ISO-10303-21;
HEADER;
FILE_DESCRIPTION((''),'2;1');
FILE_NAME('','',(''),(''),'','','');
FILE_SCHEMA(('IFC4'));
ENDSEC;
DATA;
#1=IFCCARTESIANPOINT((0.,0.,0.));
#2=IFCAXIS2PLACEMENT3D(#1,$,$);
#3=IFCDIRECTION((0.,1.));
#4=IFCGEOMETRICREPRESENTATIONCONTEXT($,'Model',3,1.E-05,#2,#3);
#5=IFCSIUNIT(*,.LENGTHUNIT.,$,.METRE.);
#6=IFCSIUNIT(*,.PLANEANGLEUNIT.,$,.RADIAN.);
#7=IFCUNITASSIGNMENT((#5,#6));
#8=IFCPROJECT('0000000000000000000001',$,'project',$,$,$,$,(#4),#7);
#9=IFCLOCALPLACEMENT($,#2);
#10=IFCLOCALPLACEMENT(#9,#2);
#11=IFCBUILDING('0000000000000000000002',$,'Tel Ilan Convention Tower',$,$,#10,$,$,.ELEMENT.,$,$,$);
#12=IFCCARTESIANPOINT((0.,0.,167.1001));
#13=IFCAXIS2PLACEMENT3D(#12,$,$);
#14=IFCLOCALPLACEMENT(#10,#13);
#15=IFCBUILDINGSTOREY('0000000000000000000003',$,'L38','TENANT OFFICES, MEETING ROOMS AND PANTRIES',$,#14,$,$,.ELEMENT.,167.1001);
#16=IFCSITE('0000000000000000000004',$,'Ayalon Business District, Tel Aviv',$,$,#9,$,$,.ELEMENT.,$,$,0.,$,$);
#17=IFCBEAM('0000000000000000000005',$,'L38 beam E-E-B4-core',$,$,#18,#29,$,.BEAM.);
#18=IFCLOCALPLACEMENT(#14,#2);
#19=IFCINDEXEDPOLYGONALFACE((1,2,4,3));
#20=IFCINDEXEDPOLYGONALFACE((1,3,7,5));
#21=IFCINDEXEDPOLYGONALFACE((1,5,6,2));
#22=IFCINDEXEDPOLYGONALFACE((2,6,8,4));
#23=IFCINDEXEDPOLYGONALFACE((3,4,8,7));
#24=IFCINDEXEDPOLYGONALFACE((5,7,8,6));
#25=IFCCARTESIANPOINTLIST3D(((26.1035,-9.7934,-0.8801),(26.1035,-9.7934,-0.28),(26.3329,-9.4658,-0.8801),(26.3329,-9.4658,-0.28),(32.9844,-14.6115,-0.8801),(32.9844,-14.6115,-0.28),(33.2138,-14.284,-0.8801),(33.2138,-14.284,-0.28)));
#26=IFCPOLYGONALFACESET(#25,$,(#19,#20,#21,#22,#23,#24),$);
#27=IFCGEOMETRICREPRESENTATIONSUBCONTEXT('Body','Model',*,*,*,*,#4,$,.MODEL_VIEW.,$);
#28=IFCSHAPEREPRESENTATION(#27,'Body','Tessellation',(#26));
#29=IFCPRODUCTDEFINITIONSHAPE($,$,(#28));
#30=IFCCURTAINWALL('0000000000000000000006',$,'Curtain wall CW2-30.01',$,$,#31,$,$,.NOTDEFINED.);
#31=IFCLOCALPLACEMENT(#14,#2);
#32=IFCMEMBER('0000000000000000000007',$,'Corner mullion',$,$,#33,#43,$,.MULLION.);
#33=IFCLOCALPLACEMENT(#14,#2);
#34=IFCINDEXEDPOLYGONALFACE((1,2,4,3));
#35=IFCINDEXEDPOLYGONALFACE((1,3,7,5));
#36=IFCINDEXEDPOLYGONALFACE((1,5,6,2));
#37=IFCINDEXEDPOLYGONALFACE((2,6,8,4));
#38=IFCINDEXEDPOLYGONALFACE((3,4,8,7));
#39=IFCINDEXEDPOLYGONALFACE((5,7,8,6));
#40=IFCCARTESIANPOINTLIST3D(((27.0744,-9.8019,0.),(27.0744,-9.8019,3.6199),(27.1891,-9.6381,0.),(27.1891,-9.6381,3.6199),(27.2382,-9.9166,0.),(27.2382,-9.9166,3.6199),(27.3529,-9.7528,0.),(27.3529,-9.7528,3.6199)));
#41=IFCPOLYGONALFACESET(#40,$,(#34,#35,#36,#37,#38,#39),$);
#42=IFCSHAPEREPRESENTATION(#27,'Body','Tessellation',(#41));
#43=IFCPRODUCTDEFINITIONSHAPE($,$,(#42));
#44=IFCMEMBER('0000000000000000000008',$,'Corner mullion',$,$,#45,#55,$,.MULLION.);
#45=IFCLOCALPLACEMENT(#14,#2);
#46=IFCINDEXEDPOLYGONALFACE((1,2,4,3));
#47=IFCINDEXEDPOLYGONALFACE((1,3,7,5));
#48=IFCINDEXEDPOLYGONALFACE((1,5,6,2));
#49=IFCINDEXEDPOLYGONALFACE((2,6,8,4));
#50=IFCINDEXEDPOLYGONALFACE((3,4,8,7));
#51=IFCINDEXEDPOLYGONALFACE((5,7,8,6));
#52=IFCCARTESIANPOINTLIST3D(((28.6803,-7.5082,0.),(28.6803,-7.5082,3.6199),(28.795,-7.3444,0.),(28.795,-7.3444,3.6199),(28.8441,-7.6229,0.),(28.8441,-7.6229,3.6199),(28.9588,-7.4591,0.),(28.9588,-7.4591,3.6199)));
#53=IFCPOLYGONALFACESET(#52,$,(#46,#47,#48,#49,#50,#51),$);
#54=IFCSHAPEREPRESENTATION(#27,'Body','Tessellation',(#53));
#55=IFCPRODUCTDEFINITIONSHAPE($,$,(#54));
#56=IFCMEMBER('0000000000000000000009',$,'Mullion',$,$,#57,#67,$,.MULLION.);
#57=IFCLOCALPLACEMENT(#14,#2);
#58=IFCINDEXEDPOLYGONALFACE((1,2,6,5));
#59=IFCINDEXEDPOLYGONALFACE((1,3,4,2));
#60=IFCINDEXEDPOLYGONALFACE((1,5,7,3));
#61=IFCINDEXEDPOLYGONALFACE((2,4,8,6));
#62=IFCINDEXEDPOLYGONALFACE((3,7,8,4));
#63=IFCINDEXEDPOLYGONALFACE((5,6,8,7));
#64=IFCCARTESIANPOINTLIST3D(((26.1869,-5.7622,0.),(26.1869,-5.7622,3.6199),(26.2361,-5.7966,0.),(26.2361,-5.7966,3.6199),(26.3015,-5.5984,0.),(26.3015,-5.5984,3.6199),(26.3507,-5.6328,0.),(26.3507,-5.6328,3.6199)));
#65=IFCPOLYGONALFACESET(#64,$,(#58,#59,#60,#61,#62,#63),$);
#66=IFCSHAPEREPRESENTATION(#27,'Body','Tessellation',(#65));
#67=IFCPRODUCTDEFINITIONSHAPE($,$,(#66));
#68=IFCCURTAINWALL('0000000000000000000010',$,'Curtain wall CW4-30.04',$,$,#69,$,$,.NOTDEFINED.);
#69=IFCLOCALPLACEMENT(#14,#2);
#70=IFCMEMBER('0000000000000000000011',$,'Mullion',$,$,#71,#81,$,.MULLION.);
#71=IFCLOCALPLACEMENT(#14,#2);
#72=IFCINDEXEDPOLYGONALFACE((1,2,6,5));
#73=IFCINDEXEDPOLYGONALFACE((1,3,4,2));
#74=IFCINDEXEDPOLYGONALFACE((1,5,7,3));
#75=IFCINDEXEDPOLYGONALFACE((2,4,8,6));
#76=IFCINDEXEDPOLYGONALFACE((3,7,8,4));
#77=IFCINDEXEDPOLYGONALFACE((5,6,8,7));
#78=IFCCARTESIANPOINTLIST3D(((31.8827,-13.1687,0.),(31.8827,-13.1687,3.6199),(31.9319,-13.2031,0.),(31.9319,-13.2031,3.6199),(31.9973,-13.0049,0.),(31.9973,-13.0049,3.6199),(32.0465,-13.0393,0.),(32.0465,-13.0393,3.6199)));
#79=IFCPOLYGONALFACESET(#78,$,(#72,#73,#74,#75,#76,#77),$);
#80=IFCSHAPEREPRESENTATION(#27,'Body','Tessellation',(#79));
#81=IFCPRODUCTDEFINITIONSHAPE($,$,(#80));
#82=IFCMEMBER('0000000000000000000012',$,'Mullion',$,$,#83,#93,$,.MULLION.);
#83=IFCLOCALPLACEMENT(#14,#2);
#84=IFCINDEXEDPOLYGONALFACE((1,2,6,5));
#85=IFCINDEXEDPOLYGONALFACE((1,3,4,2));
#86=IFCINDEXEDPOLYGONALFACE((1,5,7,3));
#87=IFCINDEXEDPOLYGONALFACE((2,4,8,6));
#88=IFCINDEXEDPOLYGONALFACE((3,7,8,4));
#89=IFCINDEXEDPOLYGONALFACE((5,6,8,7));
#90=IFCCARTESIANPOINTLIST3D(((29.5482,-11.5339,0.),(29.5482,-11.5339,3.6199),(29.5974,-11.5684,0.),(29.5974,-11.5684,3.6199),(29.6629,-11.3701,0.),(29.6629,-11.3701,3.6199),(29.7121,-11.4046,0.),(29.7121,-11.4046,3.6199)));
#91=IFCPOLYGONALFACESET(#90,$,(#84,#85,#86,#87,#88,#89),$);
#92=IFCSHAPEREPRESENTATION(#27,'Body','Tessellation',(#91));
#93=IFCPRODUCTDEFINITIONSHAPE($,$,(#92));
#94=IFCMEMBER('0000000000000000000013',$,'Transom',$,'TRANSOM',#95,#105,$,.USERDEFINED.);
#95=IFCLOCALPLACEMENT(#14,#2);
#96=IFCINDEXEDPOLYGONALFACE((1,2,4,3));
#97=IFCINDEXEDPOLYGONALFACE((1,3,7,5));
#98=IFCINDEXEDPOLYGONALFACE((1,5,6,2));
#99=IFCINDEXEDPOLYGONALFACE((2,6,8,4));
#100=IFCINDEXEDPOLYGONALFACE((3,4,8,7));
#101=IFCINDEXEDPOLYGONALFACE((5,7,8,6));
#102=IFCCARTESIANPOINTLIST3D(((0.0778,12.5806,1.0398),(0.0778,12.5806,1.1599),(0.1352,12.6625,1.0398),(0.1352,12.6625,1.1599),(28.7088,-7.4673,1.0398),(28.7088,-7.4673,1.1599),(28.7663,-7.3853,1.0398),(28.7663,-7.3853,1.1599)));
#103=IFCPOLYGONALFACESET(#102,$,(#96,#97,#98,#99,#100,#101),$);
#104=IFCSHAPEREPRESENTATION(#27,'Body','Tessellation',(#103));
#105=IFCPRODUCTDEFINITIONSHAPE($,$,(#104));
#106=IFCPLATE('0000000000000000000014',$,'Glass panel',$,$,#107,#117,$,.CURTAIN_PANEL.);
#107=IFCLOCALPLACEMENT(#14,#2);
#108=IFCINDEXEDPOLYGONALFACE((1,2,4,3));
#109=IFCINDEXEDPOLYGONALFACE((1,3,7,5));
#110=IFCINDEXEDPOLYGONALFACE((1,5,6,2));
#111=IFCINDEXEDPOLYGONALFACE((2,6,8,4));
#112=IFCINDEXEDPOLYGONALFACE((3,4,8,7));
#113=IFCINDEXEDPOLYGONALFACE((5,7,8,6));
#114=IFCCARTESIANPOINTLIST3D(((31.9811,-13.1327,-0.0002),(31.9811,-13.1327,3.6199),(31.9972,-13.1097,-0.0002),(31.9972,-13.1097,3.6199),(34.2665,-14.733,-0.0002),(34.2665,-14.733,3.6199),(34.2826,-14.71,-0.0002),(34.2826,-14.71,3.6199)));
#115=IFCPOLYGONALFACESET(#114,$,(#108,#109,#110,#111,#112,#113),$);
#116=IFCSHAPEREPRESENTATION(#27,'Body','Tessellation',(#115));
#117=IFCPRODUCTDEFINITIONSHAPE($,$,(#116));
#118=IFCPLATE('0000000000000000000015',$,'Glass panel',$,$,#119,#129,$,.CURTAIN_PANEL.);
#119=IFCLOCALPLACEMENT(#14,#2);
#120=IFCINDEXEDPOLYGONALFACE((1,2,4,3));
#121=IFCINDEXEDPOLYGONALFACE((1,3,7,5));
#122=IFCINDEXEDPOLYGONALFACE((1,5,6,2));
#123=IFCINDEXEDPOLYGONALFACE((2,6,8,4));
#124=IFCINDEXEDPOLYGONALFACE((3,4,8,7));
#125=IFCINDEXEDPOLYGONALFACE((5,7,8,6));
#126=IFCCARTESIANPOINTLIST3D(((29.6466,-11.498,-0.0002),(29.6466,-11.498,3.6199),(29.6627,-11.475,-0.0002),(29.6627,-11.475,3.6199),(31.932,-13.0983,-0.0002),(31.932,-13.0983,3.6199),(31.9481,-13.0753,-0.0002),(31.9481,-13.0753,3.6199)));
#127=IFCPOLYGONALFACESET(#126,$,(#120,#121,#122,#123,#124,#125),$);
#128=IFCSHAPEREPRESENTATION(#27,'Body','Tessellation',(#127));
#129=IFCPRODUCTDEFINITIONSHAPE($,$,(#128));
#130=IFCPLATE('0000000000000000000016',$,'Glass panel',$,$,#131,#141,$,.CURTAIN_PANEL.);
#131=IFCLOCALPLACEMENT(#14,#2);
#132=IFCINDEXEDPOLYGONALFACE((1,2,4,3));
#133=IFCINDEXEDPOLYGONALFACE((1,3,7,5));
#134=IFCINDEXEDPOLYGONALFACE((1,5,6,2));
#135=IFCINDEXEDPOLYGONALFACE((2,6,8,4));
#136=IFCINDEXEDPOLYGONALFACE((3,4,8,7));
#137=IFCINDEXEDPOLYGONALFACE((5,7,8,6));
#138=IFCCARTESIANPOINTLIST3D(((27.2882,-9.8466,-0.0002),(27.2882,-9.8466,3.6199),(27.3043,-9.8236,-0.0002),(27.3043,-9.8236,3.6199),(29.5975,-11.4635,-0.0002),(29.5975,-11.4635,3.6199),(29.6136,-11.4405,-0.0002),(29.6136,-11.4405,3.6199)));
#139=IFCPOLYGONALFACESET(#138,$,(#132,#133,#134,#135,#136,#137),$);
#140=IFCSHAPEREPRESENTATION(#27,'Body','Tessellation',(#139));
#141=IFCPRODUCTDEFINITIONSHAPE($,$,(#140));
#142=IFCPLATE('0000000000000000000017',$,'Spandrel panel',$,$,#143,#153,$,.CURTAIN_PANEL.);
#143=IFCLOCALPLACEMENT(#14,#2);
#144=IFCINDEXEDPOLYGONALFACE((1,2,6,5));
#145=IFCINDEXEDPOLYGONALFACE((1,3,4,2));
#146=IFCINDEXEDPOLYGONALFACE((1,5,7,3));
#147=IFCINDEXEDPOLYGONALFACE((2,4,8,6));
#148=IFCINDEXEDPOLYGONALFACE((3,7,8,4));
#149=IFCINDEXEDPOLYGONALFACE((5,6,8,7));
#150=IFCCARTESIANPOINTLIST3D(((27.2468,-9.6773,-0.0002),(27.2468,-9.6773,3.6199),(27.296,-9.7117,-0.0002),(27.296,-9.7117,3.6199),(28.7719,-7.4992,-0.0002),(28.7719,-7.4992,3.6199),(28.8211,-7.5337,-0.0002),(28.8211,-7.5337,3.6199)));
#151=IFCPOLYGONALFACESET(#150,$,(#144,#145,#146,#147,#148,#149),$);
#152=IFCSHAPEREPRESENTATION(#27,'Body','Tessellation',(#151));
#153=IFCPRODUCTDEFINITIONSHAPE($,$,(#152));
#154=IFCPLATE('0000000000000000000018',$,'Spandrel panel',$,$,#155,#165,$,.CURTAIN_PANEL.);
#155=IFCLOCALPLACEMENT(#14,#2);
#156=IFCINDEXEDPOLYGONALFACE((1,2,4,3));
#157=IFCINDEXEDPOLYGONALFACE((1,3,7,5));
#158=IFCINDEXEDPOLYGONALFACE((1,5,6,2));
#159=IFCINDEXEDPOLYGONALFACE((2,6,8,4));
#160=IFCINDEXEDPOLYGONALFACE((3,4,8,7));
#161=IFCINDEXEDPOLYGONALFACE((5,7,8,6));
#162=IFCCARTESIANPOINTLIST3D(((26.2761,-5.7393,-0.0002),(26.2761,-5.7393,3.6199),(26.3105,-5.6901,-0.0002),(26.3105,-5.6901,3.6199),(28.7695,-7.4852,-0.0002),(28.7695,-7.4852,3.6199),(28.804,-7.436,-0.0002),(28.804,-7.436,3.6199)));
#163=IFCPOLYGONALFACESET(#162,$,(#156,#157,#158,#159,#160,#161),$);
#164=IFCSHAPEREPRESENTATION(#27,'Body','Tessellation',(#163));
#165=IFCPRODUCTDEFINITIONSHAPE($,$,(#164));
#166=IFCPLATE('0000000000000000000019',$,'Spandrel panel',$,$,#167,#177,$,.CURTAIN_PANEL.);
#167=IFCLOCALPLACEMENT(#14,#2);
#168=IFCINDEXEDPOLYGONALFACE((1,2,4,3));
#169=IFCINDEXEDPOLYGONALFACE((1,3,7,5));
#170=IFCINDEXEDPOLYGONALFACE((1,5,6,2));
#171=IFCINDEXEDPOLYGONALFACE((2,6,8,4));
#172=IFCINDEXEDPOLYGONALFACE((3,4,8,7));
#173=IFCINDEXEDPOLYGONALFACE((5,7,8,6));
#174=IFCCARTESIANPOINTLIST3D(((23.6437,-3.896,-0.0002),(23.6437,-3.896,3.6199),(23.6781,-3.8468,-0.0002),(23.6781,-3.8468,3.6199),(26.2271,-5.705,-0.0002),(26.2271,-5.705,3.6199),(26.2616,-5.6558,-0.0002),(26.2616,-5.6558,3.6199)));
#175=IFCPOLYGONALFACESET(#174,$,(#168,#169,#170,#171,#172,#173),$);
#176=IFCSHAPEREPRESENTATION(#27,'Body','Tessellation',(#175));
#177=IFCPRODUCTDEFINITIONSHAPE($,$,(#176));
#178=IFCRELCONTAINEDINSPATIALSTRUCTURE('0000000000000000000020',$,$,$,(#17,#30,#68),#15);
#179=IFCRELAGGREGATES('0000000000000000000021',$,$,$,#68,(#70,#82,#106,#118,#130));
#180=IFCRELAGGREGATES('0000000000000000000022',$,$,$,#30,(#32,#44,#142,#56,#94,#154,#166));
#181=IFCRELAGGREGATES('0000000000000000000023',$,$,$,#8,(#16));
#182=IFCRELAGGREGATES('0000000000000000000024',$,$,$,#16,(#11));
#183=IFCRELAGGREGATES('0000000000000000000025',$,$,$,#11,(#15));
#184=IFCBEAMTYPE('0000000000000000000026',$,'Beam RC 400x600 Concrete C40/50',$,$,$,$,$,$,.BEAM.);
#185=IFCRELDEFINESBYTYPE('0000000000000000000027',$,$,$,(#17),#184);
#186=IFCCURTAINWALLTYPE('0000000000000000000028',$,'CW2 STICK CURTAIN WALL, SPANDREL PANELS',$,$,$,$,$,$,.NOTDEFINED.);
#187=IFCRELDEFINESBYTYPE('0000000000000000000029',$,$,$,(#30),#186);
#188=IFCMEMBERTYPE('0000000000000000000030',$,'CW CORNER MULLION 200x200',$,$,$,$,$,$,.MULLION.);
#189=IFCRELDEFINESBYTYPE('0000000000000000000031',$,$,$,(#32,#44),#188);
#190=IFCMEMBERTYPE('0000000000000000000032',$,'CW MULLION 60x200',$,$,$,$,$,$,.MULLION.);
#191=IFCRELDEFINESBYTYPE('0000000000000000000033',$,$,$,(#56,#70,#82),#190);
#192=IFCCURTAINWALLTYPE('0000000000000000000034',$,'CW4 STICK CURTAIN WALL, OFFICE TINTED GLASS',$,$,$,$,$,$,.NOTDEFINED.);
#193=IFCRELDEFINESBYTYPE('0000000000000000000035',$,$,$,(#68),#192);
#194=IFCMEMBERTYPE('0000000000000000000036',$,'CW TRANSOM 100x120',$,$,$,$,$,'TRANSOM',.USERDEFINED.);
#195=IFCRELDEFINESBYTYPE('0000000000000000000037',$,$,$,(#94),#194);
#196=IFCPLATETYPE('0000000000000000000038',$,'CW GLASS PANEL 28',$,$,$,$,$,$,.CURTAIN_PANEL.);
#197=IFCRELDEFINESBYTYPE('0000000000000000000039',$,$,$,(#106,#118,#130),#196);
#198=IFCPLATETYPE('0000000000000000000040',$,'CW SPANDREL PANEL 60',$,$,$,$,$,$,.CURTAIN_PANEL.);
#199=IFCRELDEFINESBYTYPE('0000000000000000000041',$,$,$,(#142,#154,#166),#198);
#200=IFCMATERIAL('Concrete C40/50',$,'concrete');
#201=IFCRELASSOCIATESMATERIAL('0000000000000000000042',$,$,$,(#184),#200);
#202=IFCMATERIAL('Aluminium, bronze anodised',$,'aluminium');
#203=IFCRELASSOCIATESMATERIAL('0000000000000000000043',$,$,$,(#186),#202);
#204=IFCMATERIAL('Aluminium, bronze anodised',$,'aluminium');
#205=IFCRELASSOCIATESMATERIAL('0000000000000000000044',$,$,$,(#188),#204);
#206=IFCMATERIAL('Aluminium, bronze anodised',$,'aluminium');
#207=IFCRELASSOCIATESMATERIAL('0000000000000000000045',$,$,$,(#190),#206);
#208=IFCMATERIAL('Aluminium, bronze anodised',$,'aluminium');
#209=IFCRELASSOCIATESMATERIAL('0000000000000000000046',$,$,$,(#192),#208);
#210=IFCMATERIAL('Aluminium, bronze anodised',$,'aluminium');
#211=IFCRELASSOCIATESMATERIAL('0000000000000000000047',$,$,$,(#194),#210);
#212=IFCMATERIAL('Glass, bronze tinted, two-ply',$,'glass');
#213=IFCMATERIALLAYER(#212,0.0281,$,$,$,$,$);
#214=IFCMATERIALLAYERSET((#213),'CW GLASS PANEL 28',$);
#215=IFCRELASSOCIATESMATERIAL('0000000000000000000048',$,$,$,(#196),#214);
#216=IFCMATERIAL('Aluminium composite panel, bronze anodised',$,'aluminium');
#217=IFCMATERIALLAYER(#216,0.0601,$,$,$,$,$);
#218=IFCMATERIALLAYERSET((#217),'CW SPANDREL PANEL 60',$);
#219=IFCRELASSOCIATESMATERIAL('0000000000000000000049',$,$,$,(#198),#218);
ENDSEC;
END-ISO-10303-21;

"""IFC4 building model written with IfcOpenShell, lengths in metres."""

from ifc_helpers import new_model, si_unit, direction, frame, origin, origin_2d, place, context, subcontext, project, spatial, rectangle, extrude, material, layer, layer_set, material_profile, profile_set, type_object, element, aggregate, save


model = new_model("IFC4")

# Units and contexts
model_context = context("Model", 3, precision=1e-05, world=origin(), true_north=direction((0.0, 1.0)))
body_context = subcontext(model_context, "Body", "Model", "MODEL_VIEW")
ifc_project = project(units=[si_unit("LENGTHUNIT", "METRE"), si_unit("PLANEANGLEUNIT", "RADIAN")], contexts=[model_context])

# Site, building, storey
site_placement = place(None, origin())
site = spatial("IfcSite", under=ifc_project, at=site_placement, Name="Ayalon Business District, Tel Aviv", CompositionType="ELEMENT", RefElevation=0.0)
building_placement = place(site_placement, origin())
building = spatial("IfcBuilding", under=site, at=building_placement, Name="Tel Ilan Convention Tower", CompositionType="ELEMENT")
storey_placement = place(building_placement, frame((0.0, 0.0, 167.1001)))
storey = spatial("IfcBuildingStorey", under=building, at=storey_placement, Name="L38", Description="TENANT OFFICES, MEETING ROOMS AND PANTRIES", CompositionType="ELEMENT", Elevation=167.1001)

# Beam
ifc_material_1 = material(Name="Concrete C40/50", Category="concrete")
ifc_material_profile_1 = material_profile(ifc_material_1, rectangle(XDim=0.3999, YDim=0.6001, at=origin_2d()), Name="RC 400x600")
ifc_profile_set_1 = profile_set([ifc_material_profile_1], Name="Concrete C40/50")
beam_type = type_object("IfcBeamType", Name="Beam RC 400x600 Concrete C40/50", PredefinedType="BEAM", material=ifc_profile_set_1)
beam_placement = place(storey_placement, frame((33.0991, -14.4478, -0.5801), z_axis=(-0.819147, 0.573583, 0.0), x_axis=(-0.573583, -0.819147, 0.0)))
element("IfcBeam", 1, at=beam_placement, inside=storey, type_object=beam_type, Name="L38 beam E-E-B4-core", PredefinedType="BEAM", context=body_context, shape_type="SweptSolid", body=[
    extrude(rectangle(XDim=0.3999, YDim=0.6001, at=origin_2d()), origin(), (0.0, 0.0, 1.0), 8.4001),
])

# Curtain walls, members
ifc_material_2 = material(Name="Aluminium, bronze anodised", Category="aluminium")
curtain_wall_type_1 = type_object("IfcCurtainWallType", Name="CW2 STICK CURTAIN WALL, SPANDREL PANELS", PredefinedType="NOTDEFINED", material=ifc_material_2)
curtain_wall_1_placement = place(storey_placement, origin())
curtain_wall_1 = element("IfcCurtainWall", 2, at=curtain_wall_1_placement, inside=storey, type_object=curtain_wall_type_1, Name="Curtain wall CW2-30.01", PredefinedType="NOTDEFINED")
ifc_material_3 = material(Name="Aluminium, bronze anodised", Category="aluminium")
ifc_material_profile_2 = material_profile(ifc_material_3, rectangle(XDim=0.2, YDim=0.2, at=origin_2d()), Name="CW CORNER MULLION 200x200")
ifc_profile_set_2 = profile_set([ifc_material_profile_2], Name="Aluminium, bronze anodised")
member_type_1 = type_object("IfcMemberType", Name="CW CORNER MULLION 200x200", PredefinedType="MULLION", material=ifc_profile_set_2)
member_1_placement = place(storey_placement, frame((27.2136, -9.7773, 0.0), z_axis=(0.0, 0.0, 1.0), x_axis=(-0.819152, 0.573576, 0.0)))
member_1 = element("IfcMember", 3, at=member_1_placement, type_object=member_type_1, Name="Corner mullion", PredefinedType="MULLION", context=body_context, shape_type="SweptSolid", body=[
    extrude(rectangle(XDim=0.2, YDim=0.2, at=origin_2d()), origin(), (0.0, 0.0, 1.0), 3.6199),
])
member_2_placement = place(storey_placement, frame((28.8196, -7.4836, 0.0), z_axis=(0.0, 0.0, 1.0), x_axis=(0.573576, 0.819152, 0.0)))
member_2 = element("IfcMember", 4, at=member_2_placement, type_object=member_type_1, Name="Corner mullion", PredefinedType="MULLION", context=body_context, shape_type="SweptSolid", body=[
    extrude(rectangle(XDim=0.2, YDim=0.2, at=origin_2d()), origin(), (0.0, 0.0, 1.0), 3.6199),
])
ifc_material_4 = material(Name="Aluminium, bronze anodised", Category="aluminium")
ifc_material_profile_3 = material_profile(ifc_material_4, rectangle(XDim=0.0601, YDim=0.2, at=origin_2d()), Name="CW MULLION 60x200")
ifc_profile_set_3 = profile_set([ifc_material_profile_3], Name="Aluminium, bronze anodised")
member_type_2 = type_object("IfcMemberType", Name="CW MULLION 60x200", PredefinedType="MULLION", material=ifc_profile_set_3)
member_3_placement = place(storey_placement, frame((26.2688, -5.6975, 0.0), z_axis=(0.0, 0.0, 1.0), x_axis=(-0.819152, 0.573576, 0.0)))
member_3 = element("IfcMember", 5, at=member_3_placement, type_object=member_type_2, Name="Mullion", PredefinedType="MULLION", context=body_context, shape_type="SweptSolid", body=[
    extrude(rectangle(XDim=0.0601, YDim=0.2, at=origin_2d()), origin(), (0.0, 0.0, 1.0), 3.6199),
])
ifc_material_5 = material(Name="Aluminium, bronze anodised", Category="aluminium")
curtain_wall_type_2 = type_object("IfcCurtainWallType", Name="CW4 STICK CURTAIN WALL, OFFICE TINTED GLASS", PredefinedType="NOTDEFINED", material=ifc_material_5)
curtain_wall_2_placement = place(storey_placement, origin())
curtain_wall_2 = element("IfcCurtainWall", 6, at=curtain_wall_2_placement, inside=storey, type_object=curtain_wall_type_2, Name="Curtain wall CW4-30.04", PredefinedType="NOTDEFINED")
member_4_placement = place(storey_placement, frame((31.9646, -13.104, 0.0), z_axis=(0.0, 0.0, 1.0), x_axis=(-0.819152, 0.573576, 0.0)))
member_4 = element("IfcMember", 7, at=member_4_placement, type_object=member_type_2, Name="Mullion", PredefinedType="MULLION", context=body_context, shape_type="SweptSolid", body=[
    extrude(rectangle(XDim=0.0601, YDim=0.2, at=origin_2d()), origin(), (0.0, 0.0, 1.0), 3.6199),
])
member_5_placement = place(storey_placement, frame((29.6301, -11.4692, 0.0), z_axis=(0.0, 0.0, 1.0), x_axis=(-0.819152, 0.573576, 0.0)))
member_5 = element("IfcMember", 8, at=member_5_placement, type_object=member_type_2, Name="Mullion", PredefinedType="MULLION", context=body_context, shape_type="SweptSolid", body=[
    extrude(rectangle(XDim=0.0601, YDim=0.2, at=origin_2d()), origin(), (0.0, 0.0, 1.0), 3.6199),
])

# Member
ifc_material_6 = material(Name="Aluminium, bronze anodised", Category="aluminium")
ifc_material_profile_4 = material_profile(ifc_material_6, rectangle(XDim=0.1001, YDim=0.1201, at=origin_2d()), Name="CW TRANSOM 100x120")
ifc_profile_set_4 = profile_set([ifc_material_profile_4], Name="Aluminium, bronze anodised")
member_type_3 = type_object("IfcMemberType", Name="CW TRANSOM 100x120", ElementType="TRANSOM", PredefinedType="USERDEFINED", material=ifc_profile_set_4)
member_6_placement = place(storey_placement, frame((28.7375, -7.4263, 1.0999), z_axis=(-0.81915, 0.573579, 0.0), x_axis=(-0.573579, -0.81915, 0.0)))
member_6 = element("IfcMember", 9, at=member_6_placement, type_object=member_type_3, Name="Transom", ObjectType="TRANSOM", PredefinedType="USERDEFINED", context=body_context, shape_type="SweptSolid", body=[
    extrude(rectangle(XDim=0.1001, YDim=0.1201, at=origin_2d()), origin(), (0.0, 0.0, 1.0), 34.9521),
])

# Plates
ifc_material_7 = material(Name="Glass, bronze tinted, two-ply", Category="glass")
ifc_layer_1 = layer(ifc_material_7, 0.0281)
ifc_layer_set_1 = layer_set([ifc_layer_1], Name="CW GLASS PANEL 28")
plate_type_1 = type_object("IfcPlateType", Name="CW GLASS PANEL 28", PredefinedType="CURTAIN_PANEL", material=ifc_layer_set_1)
plate_1_placement = place(storey_placement, frame((33.1318, -13.9214, -0.0002), z_axis=(0.0, 0.0, 1.0), x_axis=(-0.819152, 0.573576, 0.0)))
plate_1 = element("IfcPlate", 10, at=plate_1_placement, type_object=plate_type_1, Name="Glass panel", PredefinedType="CURTAIN_PANEL", context=body_context, shape_type="SweptSolid", body=[
    extrude(rectangle(XDim=2.79, YDim=0.0281, at=origin_2d()), origin(), (0.0, 0.0, 1.0), 3.6201),
])
plate_2_placement = place(storey_placement, frame((30.7974, -12.2866, -0.0002), z_axis=(0.0, 0.0, 1.0), x_axis=(-0.819152, 0.573576, 0.0)))
plate_2 = element("IfcPlate", 11, at=plate_2_placement, type_object=plate_type_1, Name="Glass panel", PredefinedType="CURTAIN_PANEL", context=body_context, shape_type="SweptSolid", body=[
    extrude(rectangle(XDim=2.79, YDim=0.0281, at=origin_2d()), origin(), (0.0, 0.0, 1.0), 3.6201),
])
plate_3_placement = place(storey_placement, frame((28.4509, -10.6436, -0.0002), z_axis=(0.0, 0.0, 1.0), x_axis=(-0.819152, 0.573576, 0.0)))
plate_3 = element("IfcPlate", 12, at=plate_3_placement, type_object=plate_type_1, Name="Glass panel", PredefinedType="CURTAIN_PANEL", context=body_context, shape_type="SweptSolid", body=[
    extrude(rectangle(XDim=2.8191, YDim=0.0281, at=origin_2d()), origin(), (0.0, 0.0, 1.0), 3.6201),
])
aggregate(curtain_wall_2, [member_4, member_5, plate_1, plate_2, plate_3])
ifc_material_8 = material(Name="Aluminium composite panel, bronze anodised", Category="aluminium")
ifc_layer_2 = layer(ifc_material_8, 0.0601)
ifc_layer_set_2 = layer_set([ifc_layer_2], Name="CW SPANDREL PANEL 60")
plate_type_2 = type_object("IfcPlateType", Name="CW SPANDREL PANEL 60", PredefinedType="CURTAIN_PANEL", material=ifc_layer_set_2)
plate_4_placement = place(storey_placement, frame((28.0339, -8.6055, -0.0002), z_axis=(0.0, 0.0, 1.0), x_axis=(0.573576, 0.819152, 0.0)))
plate_4 = element("IfcPlate", 13, at=plate_4_placement, type_object=plate_type_2, Name="Spandrel panel", PredefinedType="CURTAIN_PANEL", context=body_context, shape_type="SweptSolid", body=[
    extrude(rectangle(XDim=2.6589, YDim=0.0601, at=origin_2d()), origin(), (0.0, 0.0, 1.0), 3.6201),
])
plate_5_placement = place(storey_placement, frame((27.54, -6.5876, -0.0002), z_axis=(0.0, 0.0, 1.0), x_axis=(-0.819152, 0.573576, 0.0)))
plate_5 = element("IfcPlate", 14, at=plate_5_placement, type_object=plate_type_2, Name="Spandrel panel", PredefinedType="CURTAIN_PANEL", context=body_context, shape_type="SweptSolid", body=[
    extrude(rectangle(XDim=3.0439, YDim=0.0601, at=origin_2d()), origin(), (0.0, 0.0, 1.0), 3.6201),
])
plate_6_placement = place(storey_placement, frame((24.9526, -4.7759, -0.0002), z_axis=(0.0, 0.0, 1.0), x_axis=(-0.819152, 0.573576, 0.0)))
plate_6 = element("IfcPlate", 15, at=plate_6_placement, type_object=plate_type_2, Name="Spandrel panel", PredefinedType="CURTAIN_PANEL", context=body_context, shape_type="SweptSolid", body=[
    extrude(rectangle(XDim=3.1538, YDim=0.0601, at=origin_2d()), origin(), (0.0, 0.0, 1.0), 3.6201),
])
aggregate(curtain_wall_1, [member_1, member_2, plate_4, member_3, member_6, plate_5, plate_6])

save(model, "model.ifc")
